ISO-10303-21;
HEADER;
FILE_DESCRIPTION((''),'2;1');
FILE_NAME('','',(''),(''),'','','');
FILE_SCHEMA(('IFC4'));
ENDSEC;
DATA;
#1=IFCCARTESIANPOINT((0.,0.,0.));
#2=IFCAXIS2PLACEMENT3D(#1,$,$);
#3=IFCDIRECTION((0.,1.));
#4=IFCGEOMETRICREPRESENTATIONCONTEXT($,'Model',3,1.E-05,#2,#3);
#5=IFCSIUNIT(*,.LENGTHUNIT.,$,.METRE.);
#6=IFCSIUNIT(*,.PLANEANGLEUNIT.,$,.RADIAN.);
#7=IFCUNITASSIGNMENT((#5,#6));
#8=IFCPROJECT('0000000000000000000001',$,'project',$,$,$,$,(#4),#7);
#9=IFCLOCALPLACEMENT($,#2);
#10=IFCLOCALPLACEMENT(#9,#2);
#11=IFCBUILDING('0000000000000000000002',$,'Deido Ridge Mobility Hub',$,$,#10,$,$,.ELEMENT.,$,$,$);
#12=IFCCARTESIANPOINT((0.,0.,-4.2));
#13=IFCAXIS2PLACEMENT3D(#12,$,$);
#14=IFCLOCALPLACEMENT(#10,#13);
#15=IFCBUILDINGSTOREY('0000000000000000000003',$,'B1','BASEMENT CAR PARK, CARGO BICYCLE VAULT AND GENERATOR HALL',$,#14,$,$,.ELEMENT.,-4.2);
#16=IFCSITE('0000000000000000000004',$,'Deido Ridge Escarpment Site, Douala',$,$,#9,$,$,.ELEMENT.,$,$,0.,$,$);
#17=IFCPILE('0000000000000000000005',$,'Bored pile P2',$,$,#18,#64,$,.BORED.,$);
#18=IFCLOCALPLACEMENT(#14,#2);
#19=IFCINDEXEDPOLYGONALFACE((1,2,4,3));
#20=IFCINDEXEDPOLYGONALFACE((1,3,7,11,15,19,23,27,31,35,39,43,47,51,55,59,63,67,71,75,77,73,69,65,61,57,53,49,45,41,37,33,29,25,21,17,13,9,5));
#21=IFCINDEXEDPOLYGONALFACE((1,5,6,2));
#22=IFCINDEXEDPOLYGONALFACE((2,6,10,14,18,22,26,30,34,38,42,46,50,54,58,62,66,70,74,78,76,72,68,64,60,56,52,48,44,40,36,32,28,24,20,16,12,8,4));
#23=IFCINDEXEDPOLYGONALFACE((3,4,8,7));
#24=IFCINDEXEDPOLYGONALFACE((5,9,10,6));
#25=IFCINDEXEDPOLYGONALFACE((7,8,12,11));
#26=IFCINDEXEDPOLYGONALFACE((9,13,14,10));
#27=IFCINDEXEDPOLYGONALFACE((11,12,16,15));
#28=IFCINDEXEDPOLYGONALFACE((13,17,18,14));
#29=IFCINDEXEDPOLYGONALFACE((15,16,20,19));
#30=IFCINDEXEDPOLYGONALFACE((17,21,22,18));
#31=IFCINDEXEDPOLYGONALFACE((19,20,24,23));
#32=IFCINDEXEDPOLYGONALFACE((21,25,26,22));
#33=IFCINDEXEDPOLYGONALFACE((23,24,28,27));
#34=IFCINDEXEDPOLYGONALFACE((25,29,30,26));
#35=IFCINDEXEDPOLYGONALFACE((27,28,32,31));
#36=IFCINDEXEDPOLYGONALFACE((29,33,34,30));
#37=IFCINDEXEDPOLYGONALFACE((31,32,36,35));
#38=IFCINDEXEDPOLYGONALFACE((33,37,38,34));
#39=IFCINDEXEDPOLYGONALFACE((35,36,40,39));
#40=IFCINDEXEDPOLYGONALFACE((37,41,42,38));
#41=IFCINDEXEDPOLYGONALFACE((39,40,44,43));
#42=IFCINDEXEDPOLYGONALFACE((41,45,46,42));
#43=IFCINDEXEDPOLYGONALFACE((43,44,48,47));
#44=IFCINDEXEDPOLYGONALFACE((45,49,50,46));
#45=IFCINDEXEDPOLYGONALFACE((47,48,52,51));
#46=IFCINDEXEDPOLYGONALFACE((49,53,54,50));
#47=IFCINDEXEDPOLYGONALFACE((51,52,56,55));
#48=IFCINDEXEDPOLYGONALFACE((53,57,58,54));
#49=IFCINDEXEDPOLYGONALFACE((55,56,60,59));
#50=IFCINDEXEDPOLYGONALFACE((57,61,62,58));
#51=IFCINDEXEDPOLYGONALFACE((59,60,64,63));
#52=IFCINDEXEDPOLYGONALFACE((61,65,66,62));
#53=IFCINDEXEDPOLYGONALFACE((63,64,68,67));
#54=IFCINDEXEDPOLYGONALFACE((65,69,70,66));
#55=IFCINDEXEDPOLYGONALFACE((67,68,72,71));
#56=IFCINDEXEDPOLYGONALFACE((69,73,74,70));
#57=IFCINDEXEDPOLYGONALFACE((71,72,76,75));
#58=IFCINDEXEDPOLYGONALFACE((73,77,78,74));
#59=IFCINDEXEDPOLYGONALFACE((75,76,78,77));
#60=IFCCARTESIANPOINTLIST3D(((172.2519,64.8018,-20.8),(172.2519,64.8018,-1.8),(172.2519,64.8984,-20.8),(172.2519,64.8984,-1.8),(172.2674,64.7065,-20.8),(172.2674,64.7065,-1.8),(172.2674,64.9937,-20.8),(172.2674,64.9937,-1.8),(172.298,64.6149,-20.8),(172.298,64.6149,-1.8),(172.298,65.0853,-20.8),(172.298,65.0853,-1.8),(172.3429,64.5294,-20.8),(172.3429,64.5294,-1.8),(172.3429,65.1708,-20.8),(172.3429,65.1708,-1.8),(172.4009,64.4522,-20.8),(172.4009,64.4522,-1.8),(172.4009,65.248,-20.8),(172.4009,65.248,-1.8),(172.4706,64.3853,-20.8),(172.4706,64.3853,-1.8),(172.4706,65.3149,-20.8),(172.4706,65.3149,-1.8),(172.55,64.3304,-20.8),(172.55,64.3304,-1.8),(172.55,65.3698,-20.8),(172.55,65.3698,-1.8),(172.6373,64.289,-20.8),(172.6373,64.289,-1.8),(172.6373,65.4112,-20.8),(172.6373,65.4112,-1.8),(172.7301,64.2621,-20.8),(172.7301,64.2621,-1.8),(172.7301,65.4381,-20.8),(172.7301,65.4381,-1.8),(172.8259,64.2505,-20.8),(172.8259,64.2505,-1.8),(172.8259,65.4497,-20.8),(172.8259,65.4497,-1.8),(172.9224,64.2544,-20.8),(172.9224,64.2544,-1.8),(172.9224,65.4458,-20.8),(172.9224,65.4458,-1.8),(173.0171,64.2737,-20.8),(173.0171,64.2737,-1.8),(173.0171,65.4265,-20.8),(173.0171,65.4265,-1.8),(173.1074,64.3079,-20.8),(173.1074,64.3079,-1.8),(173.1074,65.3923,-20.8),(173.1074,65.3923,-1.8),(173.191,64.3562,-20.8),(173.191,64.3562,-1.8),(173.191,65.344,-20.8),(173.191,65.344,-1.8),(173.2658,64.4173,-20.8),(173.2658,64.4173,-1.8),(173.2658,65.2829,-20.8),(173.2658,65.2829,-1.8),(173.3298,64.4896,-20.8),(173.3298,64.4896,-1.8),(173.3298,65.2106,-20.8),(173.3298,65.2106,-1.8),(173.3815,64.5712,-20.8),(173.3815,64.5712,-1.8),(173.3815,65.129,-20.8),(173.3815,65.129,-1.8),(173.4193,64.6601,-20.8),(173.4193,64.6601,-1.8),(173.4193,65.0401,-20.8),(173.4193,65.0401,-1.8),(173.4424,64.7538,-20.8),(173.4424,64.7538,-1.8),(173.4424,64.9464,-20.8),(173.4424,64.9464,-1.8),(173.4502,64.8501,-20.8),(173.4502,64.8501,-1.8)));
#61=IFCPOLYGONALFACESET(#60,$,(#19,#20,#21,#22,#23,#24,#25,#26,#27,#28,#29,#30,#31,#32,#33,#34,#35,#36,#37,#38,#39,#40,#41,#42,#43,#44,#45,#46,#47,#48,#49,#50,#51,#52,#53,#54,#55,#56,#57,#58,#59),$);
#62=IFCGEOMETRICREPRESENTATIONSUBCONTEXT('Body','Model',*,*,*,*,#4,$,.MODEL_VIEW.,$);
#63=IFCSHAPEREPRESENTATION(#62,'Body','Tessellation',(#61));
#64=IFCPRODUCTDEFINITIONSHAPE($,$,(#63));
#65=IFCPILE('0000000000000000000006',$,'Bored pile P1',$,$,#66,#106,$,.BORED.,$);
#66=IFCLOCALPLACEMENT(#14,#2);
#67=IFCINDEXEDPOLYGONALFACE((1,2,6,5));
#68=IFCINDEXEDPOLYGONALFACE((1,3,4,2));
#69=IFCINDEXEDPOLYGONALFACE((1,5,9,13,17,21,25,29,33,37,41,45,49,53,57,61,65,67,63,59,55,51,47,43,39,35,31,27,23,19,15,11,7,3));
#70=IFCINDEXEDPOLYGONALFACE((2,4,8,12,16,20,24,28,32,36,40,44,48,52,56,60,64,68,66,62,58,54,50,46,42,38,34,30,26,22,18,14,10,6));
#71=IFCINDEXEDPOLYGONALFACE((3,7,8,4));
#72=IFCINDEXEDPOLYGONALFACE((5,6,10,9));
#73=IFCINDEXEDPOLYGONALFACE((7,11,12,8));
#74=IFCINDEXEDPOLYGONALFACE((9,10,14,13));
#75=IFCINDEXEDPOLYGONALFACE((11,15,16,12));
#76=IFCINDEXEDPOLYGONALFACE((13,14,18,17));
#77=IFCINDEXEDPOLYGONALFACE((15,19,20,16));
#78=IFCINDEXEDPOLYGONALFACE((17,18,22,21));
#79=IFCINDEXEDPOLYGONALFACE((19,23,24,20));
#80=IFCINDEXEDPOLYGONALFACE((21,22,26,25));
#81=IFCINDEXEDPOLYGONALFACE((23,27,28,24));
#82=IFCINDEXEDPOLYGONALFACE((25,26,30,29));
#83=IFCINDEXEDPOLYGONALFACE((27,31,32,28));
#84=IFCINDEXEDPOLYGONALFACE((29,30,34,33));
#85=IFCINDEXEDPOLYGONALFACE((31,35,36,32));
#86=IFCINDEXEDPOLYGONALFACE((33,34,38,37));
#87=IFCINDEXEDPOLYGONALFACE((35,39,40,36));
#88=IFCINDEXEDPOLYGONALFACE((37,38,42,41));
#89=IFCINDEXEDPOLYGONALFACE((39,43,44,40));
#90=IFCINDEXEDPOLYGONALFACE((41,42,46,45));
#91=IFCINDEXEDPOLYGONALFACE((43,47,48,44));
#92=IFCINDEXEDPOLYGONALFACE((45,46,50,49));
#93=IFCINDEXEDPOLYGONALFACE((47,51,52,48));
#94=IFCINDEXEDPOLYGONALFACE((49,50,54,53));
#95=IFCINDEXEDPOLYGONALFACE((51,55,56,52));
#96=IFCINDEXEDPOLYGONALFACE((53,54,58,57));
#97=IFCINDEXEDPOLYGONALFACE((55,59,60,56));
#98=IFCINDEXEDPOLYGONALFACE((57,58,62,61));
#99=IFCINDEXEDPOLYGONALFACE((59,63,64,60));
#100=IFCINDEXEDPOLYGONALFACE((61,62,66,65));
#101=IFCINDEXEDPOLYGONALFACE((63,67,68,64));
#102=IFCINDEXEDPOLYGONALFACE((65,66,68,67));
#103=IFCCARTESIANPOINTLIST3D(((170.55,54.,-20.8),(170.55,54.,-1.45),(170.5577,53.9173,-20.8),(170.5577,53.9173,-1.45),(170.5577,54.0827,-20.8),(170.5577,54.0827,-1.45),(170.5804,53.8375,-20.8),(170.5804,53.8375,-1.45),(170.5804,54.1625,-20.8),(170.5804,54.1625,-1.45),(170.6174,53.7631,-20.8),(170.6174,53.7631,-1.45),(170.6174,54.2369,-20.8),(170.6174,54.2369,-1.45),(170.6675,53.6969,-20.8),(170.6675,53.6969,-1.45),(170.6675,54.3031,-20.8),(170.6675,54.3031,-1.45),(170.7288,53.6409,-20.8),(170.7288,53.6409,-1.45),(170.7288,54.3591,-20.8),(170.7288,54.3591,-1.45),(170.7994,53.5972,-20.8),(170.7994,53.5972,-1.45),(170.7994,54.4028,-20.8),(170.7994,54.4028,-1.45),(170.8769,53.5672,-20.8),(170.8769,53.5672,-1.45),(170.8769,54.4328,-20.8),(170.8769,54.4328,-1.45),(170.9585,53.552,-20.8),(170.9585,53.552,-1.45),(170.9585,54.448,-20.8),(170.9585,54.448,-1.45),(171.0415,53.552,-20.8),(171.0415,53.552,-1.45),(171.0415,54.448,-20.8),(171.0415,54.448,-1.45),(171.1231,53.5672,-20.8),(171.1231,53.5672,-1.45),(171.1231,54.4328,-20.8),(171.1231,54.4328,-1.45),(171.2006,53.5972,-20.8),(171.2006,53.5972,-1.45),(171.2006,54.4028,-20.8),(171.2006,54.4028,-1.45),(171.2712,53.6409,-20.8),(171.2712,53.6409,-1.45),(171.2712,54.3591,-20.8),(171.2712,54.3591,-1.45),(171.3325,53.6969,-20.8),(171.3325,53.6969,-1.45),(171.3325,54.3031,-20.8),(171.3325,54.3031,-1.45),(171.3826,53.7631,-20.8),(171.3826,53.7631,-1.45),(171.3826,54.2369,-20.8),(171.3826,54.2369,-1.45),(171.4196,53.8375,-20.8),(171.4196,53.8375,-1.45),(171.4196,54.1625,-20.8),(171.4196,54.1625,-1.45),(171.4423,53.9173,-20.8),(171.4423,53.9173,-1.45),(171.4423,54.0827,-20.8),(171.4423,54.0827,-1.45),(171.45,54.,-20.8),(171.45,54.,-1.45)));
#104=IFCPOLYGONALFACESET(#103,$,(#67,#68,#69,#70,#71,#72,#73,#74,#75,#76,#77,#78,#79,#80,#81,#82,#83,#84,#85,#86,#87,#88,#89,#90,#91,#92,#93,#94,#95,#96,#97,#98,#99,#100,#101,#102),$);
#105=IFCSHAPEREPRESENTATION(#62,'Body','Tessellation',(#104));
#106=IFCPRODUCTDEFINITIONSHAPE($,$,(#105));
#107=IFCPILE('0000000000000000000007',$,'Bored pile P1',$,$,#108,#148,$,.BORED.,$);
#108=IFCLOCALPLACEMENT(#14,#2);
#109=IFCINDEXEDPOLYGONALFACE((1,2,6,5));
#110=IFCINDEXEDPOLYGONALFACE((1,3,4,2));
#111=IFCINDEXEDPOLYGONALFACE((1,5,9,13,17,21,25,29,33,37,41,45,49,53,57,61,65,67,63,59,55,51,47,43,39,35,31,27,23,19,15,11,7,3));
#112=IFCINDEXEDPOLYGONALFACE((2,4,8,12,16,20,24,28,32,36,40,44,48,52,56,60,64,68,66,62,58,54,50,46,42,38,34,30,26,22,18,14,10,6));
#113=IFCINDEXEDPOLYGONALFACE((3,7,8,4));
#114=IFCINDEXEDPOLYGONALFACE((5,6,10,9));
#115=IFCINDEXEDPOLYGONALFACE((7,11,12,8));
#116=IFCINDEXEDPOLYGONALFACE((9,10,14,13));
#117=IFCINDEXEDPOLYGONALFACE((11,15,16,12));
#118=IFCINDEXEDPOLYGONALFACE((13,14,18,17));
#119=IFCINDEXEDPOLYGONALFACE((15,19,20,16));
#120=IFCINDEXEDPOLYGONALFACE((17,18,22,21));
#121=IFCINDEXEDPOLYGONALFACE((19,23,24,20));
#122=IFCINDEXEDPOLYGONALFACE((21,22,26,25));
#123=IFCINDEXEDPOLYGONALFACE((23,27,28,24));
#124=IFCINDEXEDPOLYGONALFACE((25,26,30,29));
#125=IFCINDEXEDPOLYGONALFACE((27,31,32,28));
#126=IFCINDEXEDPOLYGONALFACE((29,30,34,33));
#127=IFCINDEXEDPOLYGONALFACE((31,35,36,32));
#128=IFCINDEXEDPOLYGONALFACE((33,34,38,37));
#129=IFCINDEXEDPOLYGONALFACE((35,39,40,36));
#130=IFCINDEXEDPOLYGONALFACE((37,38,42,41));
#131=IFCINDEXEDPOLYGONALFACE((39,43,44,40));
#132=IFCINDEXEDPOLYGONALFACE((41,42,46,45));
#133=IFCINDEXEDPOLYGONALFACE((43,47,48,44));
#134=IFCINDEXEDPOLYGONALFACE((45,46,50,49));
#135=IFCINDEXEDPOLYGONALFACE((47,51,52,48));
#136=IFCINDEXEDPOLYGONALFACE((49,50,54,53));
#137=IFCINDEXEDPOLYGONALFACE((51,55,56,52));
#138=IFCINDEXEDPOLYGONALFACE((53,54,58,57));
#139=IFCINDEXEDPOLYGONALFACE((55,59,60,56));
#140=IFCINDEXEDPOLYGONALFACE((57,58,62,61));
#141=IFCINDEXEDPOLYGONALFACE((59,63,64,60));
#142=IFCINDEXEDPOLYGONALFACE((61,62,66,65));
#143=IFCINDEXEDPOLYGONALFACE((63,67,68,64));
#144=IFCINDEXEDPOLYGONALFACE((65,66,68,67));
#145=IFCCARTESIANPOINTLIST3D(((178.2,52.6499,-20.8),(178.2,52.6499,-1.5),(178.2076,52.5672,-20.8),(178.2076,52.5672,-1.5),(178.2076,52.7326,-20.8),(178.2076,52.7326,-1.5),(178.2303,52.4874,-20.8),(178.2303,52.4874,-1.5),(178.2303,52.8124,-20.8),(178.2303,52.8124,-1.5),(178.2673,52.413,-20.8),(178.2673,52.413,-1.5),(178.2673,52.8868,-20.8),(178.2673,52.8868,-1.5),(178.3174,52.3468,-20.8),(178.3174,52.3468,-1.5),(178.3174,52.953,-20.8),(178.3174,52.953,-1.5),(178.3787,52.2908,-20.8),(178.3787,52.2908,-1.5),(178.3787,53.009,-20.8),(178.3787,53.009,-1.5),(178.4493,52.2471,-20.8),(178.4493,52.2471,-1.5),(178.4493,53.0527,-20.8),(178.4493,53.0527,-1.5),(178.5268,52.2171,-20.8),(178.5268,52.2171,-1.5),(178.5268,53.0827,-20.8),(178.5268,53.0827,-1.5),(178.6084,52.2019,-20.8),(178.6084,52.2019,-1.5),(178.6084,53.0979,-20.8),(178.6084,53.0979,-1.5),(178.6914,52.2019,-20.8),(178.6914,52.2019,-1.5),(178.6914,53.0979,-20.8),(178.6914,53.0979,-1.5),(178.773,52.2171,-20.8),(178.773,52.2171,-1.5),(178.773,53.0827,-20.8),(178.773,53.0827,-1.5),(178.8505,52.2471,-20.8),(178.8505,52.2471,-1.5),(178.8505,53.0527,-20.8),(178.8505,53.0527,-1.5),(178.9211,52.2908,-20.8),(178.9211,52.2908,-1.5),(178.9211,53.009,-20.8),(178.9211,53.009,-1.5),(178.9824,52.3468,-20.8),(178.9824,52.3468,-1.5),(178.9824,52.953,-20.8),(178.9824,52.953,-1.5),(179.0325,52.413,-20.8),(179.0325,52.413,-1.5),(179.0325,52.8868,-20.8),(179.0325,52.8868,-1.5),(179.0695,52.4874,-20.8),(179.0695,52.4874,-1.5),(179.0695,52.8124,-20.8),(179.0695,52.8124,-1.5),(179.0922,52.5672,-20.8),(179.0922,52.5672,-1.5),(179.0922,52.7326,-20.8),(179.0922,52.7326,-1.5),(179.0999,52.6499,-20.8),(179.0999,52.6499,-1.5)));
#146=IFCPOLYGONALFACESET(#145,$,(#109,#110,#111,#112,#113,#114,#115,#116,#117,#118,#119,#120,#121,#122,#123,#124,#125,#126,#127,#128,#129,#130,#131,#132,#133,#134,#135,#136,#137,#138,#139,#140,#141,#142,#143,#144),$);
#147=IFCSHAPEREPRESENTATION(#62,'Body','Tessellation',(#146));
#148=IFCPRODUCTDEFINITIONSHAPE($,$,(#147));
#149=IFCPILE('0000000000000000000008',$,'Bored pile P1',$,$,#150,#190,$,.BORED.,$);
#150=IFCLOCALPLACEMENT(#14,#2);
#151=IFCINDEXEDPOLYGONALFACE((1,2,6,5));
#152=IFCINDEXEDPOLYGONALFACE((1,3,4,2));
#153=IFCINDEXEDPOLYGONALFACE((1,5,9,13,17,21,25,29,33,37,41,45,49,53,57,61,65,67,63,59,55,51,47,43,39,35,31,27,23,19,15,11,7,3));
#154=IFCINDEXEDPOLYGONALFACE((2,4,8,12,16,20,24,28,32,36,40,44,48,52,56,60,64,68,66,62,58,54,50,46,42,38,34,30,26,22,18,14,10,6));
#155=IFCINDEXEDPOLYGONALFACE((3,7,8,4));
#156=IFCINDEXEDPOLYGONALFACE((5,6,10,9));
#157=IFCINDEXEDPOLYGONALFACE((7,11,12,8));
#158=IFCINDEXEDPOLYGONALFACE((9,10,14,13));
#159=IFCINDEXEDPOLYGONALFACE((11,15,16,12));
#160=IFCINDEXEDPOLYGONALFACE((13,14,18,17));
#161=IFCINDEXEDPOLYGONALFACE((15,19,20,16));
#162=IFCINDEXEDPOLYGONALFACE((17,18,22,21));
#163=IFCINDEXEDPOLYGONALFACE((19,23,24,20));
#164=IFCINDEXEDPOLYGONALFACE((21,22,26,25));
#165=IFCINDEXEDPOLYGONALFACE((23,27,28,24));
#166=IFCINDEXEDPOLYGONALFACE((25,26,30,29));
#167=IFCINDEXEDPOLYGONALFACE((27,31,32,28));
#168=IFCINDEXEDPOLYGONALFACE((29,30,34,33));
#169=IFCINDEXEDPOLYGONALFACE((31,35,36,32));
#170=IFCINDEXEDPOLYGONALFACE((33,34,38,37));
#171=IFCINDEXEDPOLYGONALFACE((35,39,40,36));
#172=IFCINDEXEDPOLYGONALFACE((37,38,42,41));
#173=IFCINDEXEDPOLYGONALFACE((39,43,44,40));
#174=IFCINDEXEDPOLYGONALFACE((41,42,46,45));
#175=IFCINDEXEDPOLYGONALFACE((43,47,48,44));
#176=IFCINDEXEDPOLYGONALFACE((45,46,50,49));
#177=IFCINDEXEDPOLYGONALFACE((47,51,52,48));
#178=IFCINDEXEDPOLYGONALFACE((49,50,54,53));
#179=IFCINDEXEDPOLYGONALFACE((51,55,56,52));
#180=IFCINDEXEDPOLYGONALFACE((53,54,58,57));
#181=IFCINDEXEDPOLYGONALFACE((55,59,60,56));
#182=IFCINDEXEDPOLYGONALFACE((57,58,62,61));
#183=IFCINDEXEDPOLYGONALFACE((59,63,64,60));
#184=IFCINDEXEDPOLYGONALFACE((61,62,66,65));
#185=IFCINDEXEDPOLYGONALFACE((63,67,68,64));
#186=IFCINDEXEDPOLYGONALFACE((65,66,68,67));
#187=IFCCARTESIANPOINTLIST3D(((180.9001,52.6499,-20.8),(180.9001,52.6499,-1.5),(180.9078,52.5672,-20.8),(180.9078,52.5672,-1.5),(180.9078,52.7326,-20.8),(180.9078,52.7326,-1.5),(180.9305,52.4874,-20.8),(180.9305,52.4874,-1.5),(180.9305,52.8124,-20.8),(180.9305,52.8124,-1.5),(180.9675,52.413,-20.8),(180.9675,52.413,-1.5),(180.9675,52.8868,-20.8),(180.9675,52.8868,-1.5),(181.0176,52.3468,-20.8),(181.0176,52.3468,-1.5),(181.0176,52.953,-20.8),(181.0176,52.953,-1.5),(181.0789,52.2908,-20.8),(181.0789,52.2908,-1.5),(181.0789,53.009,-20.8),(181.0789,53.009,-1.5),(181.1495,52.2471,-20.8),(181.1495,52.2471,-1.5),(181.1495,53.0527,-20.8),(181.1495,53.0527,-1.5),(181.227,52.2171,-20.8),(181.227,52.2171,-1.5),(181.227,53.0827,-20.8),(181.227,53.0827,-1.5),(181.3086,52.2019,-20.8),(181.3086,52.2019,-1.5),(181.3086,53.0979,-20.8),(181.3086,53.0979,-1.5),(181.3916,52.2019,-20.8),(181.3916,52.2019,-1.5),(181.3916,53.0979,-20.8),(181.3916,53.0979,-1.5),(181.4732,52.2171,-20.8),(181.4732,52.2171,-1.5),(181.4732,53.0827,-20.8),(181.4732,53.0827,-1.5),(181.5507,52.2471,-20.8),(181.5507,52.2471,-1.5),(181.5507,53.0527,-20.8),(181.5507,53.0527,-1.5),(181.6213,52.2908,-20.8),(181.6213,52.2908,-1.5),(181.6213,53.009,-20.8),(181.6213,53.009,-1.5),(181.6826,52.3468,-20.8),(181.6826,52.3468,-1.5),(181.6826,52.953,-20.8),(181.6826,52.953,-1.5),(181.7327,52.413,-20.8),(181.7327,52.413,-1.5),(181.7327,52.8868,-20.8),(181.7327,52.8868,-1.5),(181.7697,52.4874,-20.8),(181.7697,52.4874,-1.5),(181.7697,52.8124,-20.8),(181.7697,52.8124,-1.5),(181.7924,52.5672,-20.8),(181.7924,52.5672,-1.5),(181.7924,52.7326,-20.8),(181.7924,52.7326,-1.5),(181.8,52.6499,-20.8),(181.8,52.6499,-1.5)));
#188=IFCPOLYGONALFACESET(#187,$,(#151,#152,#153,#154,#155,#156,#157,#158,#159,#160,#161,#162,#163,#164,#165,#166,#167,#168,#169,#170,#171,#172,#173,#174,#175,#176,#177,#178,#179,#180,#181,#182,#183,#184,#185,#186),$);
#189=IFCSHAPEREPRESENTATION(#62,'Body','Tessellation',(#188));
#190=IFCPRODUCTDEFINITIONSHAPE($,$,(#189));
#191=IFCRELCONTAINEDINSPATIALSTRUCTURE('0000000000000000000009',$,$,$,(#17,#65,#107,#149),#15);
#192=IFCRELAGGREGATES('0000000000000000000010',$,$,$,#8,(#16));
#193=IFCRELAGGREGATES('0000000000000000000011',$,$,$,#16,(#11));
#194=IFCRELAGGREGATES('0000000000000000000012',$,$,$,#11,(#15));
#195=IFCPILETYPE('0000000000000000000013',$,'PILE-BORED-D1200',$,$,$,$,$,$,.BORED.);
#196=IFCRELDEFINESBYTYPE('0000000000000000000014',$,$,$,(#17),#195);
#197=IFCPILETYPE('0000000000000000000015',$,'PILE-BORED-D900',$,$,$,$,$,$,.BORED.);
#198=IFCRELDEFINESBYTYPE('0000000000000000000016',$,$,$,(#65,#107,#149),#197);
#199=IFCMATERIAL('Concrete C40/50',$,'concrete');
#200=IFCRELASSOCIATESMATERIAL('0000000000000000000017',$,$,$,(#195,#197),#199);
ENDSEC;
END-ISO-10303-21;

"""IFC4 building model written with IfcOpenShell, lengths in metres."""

from ifc_helpers import new_model, si_unit, direction, frame, origin, origin_2d, place, context, subcontext, project, spatial, circle, extrude, material, material_profile, profile_set, type_object, element, save


model = new_model("IFC4")

# Units and contexts
model_context = context("Model", 3, precision=1e-05, world=origin(), true_north=direction((0.0, 1.0)))
body_context = subcontext(model_context, "Body", "Model", "MODEL_VIEW")
ifc_project = project(units=[si_unit("LENGTHUNIT", "METRE"), si_unit("PLANEANGLEUNIT", "RADIAN")], contexts=[model_context])

# Site, building, storey
site_placement = place(None, origin())
site = spatial("IfcSite", under=ifc_project, at=site_placement, Name="Deido Ridge Escarpment Site, Douala", CompositionType="ELEMENT", RefElevation=0.0)
building_placement = place(site_placement, origin())
building = spatial("IfcBuilding", under=site, at=building_placement, Name="Deido Ridge Mobility Hub", CompositionType="ELEMENT")
storey_placement = place(building_placement, frame((0.0, 0.0, -4.2)))
storey = spatial("IfcBuildingStorey", under=building, at=storey_placement, Name="B1", Description="BASEMENT CAR PARK, CARGO BICYCLE VAULT AND GENERATOR HALL", CompositionType="ELEMENT", Elevation=-4.2)

# Shared definitions
ifc_material_1 = material(Name="Concrete C40/50", Category="concrete")

# Piles
ifc_material_profile_1 = material_profile(ifc_material_1, circle(Radius=0.6001, at=origin_2d()), Name="BORED PILE D1200")
ifc_profile_set_1 = profile_set([ifc_material_profile_1], Name="Concrete C40/50")
pile_type_1 = type_object("IfcPileType", Name="PILE-BORED-D1200", PredefinedType="BORED", material=ifc_profile_set_1)
for number, where, z_axis, x_axis, name in (
    (1, (172.8501, 64.8501, -1.8), (0.0, 0.0, -1.0), (1.0, 0.0, 0.0), "Bored pile P2"),
):
    element("IfcPile", number, at=place(storey_placement, frame(where, z_axis=z_axis, x_axis=x_axis)), inside=storey, type_object=pile_type_1, Name=name, PredefinedType="BORED", context=body_context, shape_type="SweptSolid", body=[
        extrude(circle(Radius=0.6001, at=origin_2d()), origin(), (0.0, 0.0, 1.0), 19.0),
    ])
ifc_material_profile_2 = material_profile(ifc_material_1, circle(Radius=0.45, at=origin_2d()), Name="BORED PILE D900")
ifc_profile_set_2 = profile_set([ifc_material_profile_2], Name="Concrete C40/50")
pile_type_2 = type_object("IfcPileType", Name="PILE-BORED-D900", PredefinedType="BORED", material=ifc_profile_set_2)
pile_1_placement = place(storey_placement, frame((171.0, 54.0, -1.45), z_axis=(0.0, 0.0, -1.0), x_axis=(1.0, 0.0, 0.0)))
element("IfcPile", 2, at=pile_1_placement, inside=storey, type_object=pile_type_2, Name="Bored pile P1", PredefinedType="BORED", context=body_context, shape_type="SweptSolid", body=[
    extrude(circle(Radius=0.45, at=origin_2d()), origin(), (0.0, 0.0, 1.0), 19.3501),
])
for number, where, z_axis, x_axis, name in (
    (3, (178.6499, 52.6499, -1.5), (0.0, 0.0, -1.0), (1.0, 0.0, 0.0), "Bored pile P1"),
    (4, (181.3501, 52.6499, -1.5), (0.0, 0.0, -1.0), (1.0, 0.0, 0.0), "Bored pile P1"),
):
    element("IfcPile", number, at=place(storey_placement, frame(where, z_axis=z_axis, x_axis=x_axis)), inside=storey, type_object=pile_type_2, Name=name, PredefinedType="BORED", context=body_context, shape_type="SweptSolid", body=[
        extrude(circle(Radius=0.45, at=origin_2d()), origin(), (0.0, 0.0, 1.0), 19.3),
    ])

save(model, "model.ifc")
